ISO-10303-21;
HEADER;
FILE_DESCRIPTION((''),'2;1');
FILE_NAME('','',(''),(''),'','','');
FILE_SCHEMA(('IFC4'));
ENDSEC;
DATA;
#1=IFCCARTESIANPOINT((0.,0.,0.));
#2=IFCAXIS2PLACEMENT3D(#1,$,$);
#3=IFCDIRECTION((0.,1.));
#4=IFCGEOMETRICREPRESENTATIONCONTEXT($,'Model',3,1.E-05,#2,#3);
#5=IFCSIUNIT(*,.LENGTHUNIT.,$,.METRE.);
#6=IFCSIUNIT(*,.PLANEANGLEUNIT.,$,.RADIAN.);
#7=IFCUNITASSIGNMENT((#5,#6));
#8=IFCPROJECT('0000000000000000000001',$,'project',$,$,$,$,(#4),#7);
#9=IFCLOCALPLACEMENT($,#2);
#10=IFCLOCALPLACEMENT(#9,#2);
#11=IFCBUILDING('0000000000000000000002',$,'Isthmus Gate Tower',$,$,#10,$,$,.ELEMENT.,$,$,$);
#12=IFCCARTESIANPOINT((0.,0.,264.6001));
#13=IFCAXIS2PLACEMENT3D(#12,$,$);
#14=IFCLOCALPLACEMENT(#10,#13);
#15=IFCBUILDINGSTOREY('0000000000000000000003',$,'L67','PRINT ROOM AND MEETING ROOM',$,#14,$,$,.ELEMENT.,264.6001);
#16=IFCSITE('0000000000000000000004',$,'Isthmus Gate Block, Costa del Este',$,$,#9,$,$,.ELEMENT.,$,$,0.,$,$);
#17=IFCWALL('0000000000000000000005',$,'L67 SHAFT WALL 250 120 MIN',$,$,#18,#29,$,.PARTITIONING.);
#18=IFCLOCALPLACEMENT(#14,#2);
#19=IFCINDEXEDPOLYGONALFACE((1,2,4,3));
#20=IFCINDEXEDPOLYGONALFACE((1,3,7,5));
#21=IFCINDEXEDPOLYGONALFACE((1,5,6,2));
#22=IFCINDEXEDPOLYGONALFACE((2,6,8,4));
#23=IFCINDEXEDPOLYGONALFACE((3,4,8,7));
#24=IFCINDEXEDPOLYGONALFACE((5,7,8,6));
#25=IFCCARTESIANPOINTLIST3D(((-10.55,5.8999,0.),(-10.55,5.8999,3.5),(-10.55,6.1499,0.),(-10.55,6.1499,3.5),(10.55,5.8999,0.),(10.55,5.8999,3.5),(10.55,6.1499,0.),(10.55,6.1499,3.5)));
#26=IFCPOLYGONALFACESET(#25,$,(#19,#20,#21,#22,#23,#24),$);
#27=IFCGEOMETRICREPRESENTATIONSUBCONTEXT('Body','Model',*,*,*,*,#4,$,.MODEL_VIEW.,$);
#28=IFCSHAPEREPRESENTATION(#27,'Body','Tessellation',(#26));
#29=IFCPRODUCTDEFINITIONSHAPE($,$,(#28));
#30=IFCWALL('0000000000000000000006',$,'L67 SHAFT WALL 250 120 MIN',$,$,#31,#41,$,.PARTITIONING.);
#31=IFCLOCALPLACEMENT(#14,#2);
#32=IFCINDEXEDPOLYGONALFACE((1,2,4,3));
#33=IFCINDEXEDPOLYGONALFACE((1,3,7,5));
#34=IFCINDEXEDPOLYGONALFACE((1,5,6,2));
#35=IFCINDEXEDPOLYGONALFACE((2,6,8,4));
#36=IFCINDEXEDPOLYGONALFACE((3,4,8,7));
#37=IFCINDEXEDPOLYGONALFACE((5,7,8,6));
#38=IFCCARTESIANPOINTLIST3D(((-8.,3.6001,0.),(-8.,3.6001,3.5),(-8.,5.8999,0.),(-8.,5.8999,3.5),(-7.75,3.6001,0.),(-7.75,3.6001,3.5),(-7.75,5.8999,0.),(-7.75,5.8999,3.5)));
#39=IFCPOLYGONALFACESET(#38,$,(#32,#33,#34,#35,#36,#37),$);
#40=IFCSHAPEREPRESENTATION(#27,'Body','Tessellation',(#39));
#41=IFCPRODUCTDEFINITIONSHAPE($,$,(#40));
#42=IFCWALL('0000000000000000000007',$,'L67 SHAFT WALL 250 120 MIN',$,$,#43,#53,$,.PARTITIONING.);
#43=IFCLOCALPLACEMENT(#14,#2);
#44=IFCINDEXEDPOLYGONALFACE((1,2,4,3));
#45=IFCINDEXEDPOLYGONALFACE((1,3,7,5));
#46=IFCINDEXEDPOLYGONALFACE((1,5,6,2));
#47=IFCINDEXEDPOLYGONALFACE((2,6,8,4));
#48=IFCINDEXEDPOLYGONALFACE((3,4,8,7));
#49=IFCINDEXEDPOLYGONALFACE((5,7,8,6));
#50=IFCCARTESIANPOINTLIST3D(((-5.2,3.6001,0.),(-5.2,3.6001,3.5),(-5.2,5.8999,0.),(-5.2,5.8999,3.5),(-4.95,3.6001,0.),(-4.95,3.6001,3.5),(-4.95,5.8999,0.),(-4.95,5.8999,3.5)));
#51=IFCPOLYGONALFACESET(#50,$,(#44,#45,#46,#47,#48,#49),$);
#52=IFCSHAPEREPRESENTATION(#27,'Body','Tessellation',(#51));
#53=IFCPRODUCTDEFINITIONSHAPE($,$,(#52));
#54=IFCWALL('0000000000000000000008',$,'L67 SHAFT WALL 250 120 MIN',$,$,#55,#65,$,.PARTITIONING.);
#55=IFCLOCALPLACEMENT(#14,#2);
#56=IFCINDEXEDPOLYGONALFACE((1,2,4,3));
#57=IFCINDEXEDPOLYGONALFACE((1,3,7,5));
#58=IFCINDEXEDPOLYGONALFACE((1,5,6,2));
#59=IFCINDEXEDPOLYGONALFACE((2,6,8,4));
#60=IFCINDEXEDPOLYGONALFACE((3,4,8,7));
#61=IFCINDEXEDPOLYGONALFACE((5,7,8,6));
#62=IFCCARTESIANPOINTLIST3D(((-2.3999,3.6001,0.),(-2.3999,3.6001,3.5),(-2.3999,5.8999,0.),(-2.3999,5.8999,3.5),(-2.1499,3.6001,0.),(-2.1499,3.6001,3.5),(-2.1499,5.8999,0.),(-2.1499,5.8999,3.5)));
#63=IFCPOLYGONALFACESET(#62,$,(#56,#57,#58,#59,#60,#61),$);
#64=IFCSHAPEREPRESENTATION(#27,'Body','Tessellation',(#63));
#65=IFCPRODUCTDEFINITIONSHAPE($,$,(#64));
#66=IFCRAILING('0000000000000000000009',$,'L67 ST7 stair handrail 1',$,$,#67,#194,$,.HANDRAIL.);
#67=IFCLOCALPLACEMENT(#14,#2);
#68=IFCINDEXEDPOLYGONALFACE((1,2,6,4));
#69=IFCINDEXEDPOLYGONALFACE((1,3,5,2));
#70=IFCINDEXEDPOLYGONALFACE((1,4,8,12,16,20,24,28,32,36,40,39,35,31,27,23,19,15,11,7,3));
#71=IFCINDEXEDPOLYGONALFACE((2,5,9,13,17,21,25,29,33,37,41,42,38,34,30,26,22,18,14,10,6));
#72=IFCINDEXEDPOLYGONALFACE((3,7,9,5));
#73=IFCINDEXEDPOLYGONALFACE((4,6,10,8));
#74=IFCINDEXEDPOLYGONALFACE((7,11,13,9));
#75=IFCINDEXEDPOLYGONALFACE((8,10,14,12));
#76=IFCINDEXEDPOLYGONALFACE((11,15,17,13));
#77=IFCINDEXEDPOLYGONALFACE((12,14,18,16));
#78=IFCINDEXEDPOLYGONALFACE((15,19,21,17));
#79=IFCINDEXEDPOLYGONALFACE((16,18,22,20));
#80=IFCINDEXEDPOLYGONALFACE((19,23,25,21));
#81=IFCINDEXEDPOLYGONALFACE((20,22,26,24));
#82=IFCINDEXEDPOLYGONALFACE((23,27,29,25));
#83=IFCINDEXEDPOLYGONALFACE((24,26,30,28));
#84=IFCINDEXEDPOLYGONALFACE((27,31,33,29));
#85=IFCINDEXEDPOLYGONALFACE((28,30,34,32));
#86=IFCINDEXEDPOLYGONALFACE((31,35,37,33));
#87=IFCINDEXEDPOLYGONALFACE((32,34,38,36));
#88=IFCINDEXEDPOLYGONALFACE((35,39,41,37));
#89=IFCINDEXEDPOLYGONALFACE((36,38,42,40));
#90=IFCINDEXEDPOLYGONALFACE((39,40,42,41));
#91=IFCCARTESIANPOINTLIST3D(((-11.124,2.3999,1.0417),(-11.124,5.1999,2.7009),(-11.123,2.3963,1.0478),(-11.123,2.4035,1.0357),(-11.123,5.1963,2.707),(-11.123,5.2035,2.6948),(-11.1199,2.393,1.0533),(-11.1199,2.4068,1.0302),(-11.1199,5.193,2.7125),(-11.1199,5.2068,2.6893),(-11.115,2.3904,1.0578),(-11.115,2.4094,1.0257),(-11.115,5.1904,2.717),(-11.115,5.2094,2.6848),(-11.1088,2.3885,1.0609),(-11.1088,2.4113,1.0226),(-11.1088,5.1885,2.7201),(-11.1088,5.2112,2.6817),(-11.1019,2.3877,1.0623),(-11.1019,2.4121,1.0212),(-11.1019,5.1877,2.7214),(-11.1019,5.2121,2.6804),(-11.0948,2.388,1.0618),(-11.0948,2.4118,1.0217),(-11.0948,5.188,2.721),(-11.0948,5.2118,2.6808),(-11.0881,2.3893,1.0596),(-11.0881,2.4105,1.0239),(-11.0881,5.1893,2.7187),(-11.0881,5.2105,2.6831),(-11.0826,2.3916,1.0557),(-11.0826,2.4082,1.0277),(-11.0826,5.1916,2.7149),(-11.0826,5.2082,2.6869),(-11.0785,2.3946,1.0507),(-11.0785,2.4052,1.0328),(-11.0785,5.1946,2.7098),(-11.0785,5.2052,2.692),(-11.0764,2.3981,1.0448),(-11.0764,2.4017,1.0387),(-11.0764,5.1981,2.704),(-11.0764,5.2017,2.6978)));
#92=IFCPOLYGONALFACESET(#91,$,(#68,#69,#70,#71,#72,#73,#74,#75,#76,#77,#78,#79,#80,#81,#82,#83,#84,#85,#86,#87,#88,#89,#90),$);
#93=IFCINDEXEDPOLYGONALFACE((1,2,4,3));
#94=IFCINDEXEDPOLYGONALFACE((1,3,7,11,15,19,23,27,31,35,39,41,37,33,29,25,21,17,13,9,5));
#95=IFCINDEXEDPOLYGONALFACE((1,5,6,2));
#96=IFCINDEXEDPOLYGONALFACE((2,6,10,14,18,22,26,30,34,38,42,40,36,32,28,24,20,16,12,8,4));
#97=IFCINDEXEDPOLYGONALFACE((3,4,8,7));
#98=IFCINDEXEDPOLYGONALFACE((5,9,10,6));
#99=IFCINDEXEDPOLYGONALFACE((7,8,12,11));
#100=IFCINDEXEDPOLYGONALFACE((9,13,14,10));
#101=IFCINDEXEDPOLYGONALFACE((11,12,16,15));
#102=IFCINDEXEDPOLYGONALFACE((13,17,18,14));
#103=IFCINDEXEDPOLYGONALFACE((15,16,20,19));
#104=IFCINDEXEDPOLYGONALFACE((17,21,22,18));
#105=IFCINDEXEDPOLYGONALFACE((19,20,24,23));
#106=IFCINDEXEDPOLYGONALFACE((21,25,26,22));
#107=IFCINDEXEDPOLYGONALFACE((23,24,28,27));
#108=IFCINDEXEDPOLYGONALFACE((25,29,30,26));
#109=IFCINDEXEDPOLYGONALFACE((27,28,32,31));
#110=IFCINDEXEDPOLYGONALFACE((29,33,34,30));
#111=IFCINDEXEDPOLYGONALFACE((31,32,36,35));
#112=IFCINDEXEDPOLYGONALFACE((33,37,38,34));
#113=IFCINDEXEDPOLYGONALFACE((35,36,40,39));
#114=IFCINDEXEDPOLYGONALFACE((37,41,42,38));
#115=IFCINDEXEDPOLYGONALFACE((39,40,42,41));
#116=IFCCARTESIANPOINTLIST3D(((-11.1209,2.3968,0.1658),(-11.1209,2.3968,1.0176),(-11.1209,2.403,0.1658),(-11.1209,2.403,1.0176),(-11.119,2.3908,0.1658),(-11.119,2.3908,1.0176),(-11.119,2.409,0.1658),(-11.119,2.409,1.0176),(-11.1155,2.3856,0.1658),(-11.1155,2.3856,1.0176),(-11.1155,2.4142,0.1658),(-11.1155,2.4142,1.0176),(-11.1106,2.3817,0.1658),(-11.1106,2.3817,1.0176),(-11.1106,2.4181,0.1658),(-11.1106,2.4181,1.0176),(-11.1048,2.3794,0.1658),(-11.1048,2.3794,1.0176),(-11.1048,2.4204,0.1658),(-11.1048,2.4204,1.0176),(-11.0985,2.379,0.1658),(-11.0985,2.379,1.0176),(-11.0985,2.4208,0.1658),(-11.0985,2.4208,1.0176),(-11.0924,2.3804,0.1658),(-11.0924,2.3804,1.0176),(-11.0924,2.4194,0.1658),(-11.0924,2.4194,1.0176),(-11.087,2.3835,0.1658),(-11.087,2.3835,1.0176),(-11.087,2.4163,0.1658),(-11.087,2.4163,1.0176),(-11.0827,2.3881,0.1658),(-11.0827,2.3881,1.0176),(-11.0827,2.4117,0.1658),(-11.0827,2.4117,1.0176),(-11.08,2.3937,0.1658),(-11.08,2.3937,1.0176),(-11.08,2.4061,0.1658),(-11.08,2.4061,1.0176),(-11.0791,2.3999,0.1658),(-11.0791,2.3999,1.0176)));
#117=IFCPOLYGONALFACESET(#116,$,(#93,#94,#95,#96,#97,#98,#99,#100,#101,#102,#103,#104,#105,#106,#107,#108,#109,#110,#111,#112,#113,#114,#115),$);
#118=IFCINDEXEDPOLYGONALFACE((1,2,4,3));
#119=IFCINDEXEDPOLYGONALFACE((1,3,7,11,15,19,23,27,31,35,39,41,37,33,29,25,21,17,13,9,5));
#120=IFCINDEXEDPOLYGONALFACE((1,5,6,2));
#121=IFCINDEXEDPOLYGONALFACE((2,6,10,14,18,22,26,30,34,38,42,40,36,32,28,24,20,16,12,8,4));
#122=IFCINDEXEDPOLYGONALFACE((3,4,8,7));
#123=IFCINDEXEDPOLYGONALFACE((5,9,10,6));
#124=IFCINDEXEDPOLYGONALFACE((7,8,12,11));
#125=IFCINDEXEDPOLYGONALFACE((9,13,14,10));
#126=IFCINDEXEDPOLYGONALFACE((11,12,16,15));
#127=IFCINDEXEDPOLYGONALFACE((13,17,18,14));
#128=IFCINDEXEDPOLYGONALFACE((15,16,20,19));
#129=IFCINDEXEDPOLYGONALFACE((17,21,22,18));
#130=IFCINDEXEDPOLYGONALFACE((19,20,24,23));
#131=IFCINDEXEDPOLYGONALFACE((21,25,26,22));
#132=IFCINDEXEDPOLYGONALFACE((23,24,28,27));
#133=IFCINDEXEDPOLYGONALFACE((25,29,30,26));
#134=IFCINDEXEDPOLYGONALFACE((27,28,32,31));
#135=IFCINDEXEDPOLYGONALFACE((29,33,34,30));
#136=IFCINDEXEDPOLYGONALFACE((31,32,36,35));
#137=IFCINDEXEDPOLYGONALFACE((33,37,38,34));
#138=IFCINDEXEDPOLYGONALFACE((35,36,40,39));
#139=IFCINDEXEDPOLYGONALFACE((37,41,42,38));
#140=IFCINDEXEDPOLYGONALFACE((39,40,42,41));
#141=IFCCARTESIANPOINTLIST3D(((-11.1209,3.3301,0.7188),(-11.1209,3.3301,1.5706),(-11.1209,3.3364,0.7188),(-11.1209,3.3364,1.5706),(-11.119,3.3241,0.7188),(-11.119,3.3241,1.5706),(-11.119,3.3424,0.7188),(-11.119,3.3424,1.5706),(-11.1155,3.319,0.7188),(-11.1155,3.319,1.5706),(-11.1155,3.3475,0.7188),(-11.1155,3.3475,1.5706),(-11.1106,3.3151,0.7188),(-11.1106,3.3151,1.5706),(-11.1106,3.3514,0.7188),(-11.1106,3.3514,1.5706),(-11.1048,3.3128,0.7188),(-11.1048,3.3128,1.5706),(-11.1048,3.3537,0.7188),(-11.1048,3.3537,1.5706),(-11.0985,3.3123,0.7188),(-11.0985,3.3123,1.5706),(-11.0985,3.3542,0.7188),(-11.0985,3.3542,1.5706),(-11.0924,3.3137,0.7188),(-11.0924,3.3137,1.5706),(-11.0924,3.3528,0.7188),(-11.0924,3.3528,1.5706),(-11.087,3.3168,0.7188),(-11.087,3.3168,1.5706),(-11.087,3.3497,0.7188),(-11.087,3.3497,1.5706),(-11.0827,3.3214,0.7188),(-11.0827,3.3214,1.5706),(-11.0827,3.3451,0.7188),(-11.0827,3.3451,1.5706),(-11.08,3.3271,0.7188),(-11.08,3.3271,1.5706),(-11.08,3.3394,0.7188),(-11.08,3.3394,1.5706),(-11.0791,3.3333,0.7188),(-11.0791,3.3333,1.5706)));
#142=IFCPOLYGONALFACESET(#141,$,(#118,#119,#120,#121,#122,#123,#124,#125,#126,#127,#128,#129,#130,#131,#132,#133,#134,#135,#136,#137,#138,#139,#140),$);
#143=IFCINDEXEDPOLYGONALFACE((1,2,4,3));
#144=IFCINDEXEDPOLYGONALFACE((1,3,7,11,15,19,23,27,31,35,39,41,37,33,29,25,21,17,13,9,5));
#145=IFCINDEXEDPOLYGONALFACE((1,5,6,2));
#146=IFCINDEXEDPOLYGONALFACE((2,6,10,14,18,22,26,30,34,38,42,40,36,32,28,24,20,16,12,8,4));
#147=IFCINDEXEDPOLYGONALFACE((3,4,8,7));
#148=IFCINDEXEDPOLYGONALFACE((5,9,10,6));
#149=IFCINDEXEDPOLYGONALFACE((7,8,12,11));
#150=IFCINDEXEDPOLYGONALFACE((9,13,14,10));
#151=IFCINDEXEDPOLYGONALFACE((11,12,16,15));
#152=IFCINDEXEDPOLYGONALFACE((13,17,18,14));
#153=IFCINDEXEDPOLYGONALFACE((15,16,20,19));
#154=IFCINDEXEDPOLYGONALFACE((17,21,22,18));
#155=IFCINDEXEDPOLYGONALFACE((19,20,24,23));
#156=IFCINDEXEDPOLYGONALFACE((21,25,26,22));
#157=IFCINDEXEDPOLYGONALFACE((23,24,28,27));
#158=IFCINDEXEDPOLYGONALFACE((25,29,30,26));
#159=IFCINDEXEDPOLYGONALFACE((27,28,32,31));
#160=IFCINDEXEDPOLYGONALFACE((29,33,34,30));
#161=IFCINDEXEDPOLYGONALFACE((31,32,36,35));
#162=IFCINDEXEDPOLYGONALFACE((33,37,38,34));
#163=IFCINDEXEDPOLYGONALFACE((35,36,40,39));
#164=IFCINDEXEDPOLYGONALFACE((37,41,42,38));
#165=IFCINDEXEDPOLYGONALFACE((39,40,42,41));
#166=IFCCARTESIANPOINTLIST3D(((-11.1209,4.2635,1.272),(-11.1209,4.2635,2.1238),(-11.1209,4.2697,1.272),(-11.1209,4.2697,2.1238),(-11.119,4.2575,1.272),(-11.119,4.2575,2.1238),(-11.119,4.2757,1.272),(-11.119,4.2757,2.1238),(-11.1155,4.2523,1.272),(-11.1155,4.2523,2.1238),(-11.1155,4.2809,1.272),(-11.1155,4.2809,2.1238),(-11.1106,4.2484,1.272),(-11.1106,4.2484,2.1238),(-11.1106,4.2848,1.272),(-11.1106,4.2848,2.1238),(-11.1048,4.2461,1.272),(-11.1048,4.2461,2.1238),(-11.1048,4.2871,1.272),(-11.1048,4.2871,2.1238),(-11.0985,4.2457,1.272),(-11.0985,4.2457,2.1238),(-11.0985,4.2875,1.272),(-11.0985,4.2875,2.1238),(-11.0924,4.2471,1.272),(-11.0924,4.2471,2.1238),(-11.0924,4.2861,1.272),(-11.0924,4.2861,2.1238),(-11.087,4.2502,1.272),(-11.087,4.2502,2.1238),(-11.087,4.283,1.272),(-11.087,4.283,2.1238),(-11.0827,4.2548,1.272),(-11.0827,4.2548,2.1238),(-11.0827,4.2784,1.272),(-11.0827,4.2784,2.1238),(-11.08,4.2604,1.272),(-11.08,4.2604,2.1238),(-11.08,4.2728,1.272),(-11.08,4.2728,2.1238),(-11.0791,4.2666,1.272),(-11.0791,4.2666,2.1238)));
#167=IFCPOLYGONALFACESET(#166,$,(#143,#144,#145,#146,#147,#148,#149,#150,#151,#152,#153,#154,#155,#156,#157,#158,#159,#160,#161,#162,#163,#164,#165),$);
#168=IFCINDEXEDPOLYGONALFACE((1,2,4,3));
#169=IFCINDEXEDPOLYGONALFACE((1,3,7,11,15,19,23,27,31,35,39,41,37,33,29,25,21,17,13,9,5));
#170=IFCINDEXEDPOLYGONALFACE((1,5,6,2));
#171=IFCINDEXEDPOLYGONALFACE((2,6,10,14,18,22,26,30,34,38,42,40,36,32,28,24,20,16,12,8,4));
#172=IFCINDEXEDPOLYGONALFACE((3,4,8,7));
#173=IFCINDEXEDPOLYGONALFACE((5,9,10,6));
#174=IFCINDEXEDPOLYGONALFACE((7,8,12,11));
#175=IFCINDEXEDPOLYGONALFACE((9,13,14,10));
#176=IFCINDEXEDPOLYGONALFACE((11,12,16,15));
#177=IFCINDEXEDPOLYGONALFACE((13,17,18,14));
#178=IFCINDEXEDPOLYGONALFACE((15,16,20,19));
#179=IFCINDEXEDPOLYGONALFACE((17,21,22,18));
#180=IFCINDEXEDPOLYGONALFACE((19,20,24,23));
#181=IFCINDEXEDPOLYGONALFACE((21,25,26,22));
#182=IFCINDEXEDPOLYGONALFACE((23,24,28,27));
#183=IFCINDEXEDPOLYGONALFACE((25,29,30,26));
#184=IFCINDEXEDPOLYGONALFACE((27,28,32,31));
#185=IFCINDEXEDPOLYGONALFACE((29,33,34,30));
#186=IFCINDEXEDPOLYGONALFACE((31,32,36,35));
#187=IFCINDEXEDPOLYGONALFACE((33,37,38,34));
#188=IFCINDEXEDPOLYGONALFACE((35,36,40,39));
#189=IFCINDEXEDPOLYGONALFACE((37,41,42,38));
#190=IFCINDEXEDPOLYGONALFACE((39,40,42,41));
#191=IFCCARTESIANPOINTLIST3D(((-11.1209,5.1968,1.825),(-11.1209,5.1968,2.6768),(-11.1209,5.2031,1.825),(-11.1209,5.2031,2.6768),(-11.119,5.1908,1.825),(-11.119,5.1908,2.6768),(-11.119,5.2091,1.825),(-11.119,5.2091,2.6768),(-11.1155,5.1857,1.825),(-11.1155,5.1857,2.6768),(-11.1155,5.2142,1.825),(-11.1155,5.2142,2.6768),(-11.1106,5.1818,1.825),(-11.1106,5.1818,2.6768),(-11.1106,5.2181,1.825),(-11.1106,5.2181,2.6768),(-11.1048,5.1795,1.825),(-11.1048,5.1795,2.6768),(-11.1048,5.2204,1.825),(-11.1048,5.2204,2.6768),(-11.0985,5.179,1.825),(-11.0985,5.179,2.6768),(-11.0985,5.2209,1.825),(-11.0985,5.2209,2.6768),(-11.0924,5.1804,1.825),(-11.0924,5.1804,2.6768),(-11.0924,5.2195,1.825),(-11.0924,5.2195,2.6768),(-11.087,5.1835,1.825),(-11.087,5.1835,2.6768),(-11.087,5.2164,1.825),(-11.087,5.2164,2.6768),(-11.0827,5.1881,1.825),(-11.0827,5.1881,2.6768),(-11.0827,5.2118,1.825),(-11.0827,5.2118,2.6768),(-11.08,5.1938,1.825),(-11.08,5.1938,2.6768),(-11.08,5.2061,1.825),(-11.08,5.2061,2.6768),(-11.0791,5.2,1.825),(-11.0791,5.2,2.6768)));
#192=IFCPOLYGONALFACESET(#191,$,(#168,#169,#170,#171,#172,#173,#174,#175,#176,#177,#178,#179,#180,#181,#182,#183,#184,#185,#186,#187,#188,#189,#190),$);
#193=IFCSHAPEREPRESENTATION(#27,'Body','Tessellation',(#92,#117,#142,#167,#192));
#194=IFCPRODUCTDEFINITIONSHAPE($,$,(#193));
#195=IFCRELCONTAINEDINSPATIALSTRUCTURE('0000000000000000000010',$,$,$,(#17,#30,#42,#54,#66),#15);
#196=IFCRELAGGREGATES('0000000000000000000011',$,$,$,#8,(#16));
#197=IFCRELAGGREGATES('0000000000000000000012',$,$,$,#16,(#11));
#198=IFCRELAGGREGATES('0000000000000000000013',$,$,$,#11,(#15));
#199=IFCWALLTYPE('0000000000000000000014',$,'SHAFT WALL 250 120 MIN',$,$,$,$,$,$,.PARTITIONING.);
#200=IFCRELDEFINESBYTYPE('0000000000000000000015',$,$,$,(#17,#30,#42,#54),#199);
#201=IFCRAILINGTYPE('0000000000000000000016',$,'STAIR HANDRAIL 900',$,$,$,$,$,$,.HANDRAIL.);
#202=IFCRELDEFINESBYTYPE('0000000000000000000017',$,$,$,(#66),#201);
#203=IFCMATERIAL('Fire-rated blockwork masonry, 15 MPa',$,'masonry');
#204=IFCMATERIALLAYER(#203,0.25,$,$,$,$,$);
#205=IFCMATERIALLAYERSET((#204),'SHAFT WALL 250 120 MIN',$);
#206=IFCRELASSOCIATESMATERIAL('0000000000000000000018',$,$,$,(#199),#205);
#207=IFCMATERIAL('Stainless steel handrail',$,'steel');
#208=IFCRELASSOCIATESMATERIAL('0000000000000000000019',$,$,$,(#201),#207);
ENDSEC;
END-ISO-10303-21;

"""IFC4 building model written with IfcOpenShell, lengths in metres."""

from ifc_helpers import new_model, si_unit, direction, frame, frame_2d, origin, origin_2d, place, context, subcontext, project, spatial, rectangle, circle, extrude, material, layer, layer_set, type_object, element, save


model = new_model("IFC4")

# Units and contexts
model_context = context("Model", 3, precision=1e-05, world=origin(), true_north=direction((0.0, 1.0)))
body_context = subcontext(model_context, "Body", "Model", "MODEL_VIEW")
ifc_project = project(units=[si_unit("LENGTHUNIT", "METRE"), si_unit("PLANEANGLEUNIT", "RADIAN")], contexts=[model_context])

# Site, building, storey
site_placement = place(None, origin())
site = spatial("IfcSite", under=ifc_project, at=site_placement, Name="Isthmus Gate Block, Costa del Este", CompositionType="ELEMENT", RefElevation=0.0)
building_placement = place(site_placement, origin())
building = spatial("IfcBuilding", under=site, at=building_placement, Name="Isthmus Gate Tower", CompositionType="ELEMENT")
storey_placement = place(building_placement, frame((0.0, 0.0, 264.6001)))
storey = spatial("IfcBuildingStorey", under=building, at=storey_placement, Name="L67", Description="PRINT ROOM AND MEETING ROOM", CompositionType="ELEMENT", Elevation=264.6001)

# Walls
ifc_material_1 = material(Name="Fire-rated blockwork masonry, 15 MPa", Category="masonry")
ifc_layer_1 = layer(ifc_material_1, 0.25)
ifc_layer_set_1 = layer_set([ifc_layer_1], Name="SHAFT WALL 250 120 MIN")
wall_type_1 = type_object("IfcWallType", Name="SHAFT WALL 250 120 MIN", PredefinedType="PARTITIONING", material=ifc_layer_set_1)
wall_1_placement = place(storey_placement, frame((-10.55, 6.0249, 0.0), z_axis=(0.0, 0.0, 1.0), x_axis=(1.0, 0.0, 0.0)))
element("IfcWall", 1, at=wall_1_placement, inside=storey, type_object=wall_type_1, Name="L67 SHAFT WALL 250 120 MIN", PredefinedType="PARTITIONING", context=body_context, shape_type="SweptSolid", body=[
    extrude(rectangle(XDim=21.1001, YDim=0.25, at=frame_2d((10.55, 0.0))), origin(), (0.0, 0.0, 1.0), 3.5),
])
for number, where, z_axis, x_axis, name in (
    (2, (-7.875, 3.6001, 0.0), (0.0, 0.0, 1.0), (0.0, 1.0, 0.0), "L67 SHAFT WALL 250 120 MIN"),
    (3, (-5.075, 3.6001, 0.0), (0.0, 0.0, 1.0), (0.0, 1.0, 0.0), "L67 SHAFT WALL 250 120 MIN"),
    (4, (-2.2749, 3.6001, 0.0), (0.0, 0.0, 1.0), (0.0, 1.0, 0.0), "L67 SHAFT WALL 250 120 MIN"),
):
    element("IfcWall", number, at=place(storey_placement, frame(where, z_axis=z_axis, x_axis=x_axis)), inside=storey, type_object=wall_type_1, Name=name, PredefinedType="PARTITIONING", context=body_context, shape_type="SweptSolid", body=[
        extrude(rectangle(XDim=2.2998, YDim=0.25, at=frame_2d((1.1499, 0.0))), origin(), (0.0, 0.0, 1.0), 3.5),
    ])

# Railing
ifc_material_2 = material(Name="Stainless steel handrail", Category="steel")
railing_type = type_object("IfcRailingType", Name="STAIR HANDRAIL 900", PredefinedType="HANDRAIL", material=ifc_material_2)
railing_placement = place(storey_placement, frame((-11.1001, 2.3999, 0.1658)))
element("IfcRailing", 5, at=railing_placement, inside=storey, type_object=railing_type, Name="L67 ST7 stair handrail 1", PredefinedType="HANDRAIL", context=body_context, shape_type="SweptSolid", body=[
    extrude(circle(Radius=0.0239, at=origin_2d()), frame((0.0, 0.0, 0.876), z_axis=(0.0, 0.860306, 0.509778), x_axis=(-1.0, 0.0, 0.0)), (0.0, 0.0, 1.0), 3.2546),
    extrude(circle(Radius=0.021, at=origin_2d()), origin(), (0.0, 0.0, 1.0), 0.8518),
    extrude(circle(Radius=0.021, at=origin_2d()), frame((0.0, 0.9333, 0.553)), (0.0, 0.0, 1.0), 0.8518),
    extrude(circle(Radius=0.021, at=origin_2d()), frame((0.0, 1.8667, 1.1062)), (0.0, 0.0, 1.0), 0.8518),
    extrude(circle(Radius=0.021, at=origin_2d()), frame((0.0, 2.8, 1.6592)), (0.0, 0.0, 1.0), 0.8518),
])

save(model, "model.ifc")
